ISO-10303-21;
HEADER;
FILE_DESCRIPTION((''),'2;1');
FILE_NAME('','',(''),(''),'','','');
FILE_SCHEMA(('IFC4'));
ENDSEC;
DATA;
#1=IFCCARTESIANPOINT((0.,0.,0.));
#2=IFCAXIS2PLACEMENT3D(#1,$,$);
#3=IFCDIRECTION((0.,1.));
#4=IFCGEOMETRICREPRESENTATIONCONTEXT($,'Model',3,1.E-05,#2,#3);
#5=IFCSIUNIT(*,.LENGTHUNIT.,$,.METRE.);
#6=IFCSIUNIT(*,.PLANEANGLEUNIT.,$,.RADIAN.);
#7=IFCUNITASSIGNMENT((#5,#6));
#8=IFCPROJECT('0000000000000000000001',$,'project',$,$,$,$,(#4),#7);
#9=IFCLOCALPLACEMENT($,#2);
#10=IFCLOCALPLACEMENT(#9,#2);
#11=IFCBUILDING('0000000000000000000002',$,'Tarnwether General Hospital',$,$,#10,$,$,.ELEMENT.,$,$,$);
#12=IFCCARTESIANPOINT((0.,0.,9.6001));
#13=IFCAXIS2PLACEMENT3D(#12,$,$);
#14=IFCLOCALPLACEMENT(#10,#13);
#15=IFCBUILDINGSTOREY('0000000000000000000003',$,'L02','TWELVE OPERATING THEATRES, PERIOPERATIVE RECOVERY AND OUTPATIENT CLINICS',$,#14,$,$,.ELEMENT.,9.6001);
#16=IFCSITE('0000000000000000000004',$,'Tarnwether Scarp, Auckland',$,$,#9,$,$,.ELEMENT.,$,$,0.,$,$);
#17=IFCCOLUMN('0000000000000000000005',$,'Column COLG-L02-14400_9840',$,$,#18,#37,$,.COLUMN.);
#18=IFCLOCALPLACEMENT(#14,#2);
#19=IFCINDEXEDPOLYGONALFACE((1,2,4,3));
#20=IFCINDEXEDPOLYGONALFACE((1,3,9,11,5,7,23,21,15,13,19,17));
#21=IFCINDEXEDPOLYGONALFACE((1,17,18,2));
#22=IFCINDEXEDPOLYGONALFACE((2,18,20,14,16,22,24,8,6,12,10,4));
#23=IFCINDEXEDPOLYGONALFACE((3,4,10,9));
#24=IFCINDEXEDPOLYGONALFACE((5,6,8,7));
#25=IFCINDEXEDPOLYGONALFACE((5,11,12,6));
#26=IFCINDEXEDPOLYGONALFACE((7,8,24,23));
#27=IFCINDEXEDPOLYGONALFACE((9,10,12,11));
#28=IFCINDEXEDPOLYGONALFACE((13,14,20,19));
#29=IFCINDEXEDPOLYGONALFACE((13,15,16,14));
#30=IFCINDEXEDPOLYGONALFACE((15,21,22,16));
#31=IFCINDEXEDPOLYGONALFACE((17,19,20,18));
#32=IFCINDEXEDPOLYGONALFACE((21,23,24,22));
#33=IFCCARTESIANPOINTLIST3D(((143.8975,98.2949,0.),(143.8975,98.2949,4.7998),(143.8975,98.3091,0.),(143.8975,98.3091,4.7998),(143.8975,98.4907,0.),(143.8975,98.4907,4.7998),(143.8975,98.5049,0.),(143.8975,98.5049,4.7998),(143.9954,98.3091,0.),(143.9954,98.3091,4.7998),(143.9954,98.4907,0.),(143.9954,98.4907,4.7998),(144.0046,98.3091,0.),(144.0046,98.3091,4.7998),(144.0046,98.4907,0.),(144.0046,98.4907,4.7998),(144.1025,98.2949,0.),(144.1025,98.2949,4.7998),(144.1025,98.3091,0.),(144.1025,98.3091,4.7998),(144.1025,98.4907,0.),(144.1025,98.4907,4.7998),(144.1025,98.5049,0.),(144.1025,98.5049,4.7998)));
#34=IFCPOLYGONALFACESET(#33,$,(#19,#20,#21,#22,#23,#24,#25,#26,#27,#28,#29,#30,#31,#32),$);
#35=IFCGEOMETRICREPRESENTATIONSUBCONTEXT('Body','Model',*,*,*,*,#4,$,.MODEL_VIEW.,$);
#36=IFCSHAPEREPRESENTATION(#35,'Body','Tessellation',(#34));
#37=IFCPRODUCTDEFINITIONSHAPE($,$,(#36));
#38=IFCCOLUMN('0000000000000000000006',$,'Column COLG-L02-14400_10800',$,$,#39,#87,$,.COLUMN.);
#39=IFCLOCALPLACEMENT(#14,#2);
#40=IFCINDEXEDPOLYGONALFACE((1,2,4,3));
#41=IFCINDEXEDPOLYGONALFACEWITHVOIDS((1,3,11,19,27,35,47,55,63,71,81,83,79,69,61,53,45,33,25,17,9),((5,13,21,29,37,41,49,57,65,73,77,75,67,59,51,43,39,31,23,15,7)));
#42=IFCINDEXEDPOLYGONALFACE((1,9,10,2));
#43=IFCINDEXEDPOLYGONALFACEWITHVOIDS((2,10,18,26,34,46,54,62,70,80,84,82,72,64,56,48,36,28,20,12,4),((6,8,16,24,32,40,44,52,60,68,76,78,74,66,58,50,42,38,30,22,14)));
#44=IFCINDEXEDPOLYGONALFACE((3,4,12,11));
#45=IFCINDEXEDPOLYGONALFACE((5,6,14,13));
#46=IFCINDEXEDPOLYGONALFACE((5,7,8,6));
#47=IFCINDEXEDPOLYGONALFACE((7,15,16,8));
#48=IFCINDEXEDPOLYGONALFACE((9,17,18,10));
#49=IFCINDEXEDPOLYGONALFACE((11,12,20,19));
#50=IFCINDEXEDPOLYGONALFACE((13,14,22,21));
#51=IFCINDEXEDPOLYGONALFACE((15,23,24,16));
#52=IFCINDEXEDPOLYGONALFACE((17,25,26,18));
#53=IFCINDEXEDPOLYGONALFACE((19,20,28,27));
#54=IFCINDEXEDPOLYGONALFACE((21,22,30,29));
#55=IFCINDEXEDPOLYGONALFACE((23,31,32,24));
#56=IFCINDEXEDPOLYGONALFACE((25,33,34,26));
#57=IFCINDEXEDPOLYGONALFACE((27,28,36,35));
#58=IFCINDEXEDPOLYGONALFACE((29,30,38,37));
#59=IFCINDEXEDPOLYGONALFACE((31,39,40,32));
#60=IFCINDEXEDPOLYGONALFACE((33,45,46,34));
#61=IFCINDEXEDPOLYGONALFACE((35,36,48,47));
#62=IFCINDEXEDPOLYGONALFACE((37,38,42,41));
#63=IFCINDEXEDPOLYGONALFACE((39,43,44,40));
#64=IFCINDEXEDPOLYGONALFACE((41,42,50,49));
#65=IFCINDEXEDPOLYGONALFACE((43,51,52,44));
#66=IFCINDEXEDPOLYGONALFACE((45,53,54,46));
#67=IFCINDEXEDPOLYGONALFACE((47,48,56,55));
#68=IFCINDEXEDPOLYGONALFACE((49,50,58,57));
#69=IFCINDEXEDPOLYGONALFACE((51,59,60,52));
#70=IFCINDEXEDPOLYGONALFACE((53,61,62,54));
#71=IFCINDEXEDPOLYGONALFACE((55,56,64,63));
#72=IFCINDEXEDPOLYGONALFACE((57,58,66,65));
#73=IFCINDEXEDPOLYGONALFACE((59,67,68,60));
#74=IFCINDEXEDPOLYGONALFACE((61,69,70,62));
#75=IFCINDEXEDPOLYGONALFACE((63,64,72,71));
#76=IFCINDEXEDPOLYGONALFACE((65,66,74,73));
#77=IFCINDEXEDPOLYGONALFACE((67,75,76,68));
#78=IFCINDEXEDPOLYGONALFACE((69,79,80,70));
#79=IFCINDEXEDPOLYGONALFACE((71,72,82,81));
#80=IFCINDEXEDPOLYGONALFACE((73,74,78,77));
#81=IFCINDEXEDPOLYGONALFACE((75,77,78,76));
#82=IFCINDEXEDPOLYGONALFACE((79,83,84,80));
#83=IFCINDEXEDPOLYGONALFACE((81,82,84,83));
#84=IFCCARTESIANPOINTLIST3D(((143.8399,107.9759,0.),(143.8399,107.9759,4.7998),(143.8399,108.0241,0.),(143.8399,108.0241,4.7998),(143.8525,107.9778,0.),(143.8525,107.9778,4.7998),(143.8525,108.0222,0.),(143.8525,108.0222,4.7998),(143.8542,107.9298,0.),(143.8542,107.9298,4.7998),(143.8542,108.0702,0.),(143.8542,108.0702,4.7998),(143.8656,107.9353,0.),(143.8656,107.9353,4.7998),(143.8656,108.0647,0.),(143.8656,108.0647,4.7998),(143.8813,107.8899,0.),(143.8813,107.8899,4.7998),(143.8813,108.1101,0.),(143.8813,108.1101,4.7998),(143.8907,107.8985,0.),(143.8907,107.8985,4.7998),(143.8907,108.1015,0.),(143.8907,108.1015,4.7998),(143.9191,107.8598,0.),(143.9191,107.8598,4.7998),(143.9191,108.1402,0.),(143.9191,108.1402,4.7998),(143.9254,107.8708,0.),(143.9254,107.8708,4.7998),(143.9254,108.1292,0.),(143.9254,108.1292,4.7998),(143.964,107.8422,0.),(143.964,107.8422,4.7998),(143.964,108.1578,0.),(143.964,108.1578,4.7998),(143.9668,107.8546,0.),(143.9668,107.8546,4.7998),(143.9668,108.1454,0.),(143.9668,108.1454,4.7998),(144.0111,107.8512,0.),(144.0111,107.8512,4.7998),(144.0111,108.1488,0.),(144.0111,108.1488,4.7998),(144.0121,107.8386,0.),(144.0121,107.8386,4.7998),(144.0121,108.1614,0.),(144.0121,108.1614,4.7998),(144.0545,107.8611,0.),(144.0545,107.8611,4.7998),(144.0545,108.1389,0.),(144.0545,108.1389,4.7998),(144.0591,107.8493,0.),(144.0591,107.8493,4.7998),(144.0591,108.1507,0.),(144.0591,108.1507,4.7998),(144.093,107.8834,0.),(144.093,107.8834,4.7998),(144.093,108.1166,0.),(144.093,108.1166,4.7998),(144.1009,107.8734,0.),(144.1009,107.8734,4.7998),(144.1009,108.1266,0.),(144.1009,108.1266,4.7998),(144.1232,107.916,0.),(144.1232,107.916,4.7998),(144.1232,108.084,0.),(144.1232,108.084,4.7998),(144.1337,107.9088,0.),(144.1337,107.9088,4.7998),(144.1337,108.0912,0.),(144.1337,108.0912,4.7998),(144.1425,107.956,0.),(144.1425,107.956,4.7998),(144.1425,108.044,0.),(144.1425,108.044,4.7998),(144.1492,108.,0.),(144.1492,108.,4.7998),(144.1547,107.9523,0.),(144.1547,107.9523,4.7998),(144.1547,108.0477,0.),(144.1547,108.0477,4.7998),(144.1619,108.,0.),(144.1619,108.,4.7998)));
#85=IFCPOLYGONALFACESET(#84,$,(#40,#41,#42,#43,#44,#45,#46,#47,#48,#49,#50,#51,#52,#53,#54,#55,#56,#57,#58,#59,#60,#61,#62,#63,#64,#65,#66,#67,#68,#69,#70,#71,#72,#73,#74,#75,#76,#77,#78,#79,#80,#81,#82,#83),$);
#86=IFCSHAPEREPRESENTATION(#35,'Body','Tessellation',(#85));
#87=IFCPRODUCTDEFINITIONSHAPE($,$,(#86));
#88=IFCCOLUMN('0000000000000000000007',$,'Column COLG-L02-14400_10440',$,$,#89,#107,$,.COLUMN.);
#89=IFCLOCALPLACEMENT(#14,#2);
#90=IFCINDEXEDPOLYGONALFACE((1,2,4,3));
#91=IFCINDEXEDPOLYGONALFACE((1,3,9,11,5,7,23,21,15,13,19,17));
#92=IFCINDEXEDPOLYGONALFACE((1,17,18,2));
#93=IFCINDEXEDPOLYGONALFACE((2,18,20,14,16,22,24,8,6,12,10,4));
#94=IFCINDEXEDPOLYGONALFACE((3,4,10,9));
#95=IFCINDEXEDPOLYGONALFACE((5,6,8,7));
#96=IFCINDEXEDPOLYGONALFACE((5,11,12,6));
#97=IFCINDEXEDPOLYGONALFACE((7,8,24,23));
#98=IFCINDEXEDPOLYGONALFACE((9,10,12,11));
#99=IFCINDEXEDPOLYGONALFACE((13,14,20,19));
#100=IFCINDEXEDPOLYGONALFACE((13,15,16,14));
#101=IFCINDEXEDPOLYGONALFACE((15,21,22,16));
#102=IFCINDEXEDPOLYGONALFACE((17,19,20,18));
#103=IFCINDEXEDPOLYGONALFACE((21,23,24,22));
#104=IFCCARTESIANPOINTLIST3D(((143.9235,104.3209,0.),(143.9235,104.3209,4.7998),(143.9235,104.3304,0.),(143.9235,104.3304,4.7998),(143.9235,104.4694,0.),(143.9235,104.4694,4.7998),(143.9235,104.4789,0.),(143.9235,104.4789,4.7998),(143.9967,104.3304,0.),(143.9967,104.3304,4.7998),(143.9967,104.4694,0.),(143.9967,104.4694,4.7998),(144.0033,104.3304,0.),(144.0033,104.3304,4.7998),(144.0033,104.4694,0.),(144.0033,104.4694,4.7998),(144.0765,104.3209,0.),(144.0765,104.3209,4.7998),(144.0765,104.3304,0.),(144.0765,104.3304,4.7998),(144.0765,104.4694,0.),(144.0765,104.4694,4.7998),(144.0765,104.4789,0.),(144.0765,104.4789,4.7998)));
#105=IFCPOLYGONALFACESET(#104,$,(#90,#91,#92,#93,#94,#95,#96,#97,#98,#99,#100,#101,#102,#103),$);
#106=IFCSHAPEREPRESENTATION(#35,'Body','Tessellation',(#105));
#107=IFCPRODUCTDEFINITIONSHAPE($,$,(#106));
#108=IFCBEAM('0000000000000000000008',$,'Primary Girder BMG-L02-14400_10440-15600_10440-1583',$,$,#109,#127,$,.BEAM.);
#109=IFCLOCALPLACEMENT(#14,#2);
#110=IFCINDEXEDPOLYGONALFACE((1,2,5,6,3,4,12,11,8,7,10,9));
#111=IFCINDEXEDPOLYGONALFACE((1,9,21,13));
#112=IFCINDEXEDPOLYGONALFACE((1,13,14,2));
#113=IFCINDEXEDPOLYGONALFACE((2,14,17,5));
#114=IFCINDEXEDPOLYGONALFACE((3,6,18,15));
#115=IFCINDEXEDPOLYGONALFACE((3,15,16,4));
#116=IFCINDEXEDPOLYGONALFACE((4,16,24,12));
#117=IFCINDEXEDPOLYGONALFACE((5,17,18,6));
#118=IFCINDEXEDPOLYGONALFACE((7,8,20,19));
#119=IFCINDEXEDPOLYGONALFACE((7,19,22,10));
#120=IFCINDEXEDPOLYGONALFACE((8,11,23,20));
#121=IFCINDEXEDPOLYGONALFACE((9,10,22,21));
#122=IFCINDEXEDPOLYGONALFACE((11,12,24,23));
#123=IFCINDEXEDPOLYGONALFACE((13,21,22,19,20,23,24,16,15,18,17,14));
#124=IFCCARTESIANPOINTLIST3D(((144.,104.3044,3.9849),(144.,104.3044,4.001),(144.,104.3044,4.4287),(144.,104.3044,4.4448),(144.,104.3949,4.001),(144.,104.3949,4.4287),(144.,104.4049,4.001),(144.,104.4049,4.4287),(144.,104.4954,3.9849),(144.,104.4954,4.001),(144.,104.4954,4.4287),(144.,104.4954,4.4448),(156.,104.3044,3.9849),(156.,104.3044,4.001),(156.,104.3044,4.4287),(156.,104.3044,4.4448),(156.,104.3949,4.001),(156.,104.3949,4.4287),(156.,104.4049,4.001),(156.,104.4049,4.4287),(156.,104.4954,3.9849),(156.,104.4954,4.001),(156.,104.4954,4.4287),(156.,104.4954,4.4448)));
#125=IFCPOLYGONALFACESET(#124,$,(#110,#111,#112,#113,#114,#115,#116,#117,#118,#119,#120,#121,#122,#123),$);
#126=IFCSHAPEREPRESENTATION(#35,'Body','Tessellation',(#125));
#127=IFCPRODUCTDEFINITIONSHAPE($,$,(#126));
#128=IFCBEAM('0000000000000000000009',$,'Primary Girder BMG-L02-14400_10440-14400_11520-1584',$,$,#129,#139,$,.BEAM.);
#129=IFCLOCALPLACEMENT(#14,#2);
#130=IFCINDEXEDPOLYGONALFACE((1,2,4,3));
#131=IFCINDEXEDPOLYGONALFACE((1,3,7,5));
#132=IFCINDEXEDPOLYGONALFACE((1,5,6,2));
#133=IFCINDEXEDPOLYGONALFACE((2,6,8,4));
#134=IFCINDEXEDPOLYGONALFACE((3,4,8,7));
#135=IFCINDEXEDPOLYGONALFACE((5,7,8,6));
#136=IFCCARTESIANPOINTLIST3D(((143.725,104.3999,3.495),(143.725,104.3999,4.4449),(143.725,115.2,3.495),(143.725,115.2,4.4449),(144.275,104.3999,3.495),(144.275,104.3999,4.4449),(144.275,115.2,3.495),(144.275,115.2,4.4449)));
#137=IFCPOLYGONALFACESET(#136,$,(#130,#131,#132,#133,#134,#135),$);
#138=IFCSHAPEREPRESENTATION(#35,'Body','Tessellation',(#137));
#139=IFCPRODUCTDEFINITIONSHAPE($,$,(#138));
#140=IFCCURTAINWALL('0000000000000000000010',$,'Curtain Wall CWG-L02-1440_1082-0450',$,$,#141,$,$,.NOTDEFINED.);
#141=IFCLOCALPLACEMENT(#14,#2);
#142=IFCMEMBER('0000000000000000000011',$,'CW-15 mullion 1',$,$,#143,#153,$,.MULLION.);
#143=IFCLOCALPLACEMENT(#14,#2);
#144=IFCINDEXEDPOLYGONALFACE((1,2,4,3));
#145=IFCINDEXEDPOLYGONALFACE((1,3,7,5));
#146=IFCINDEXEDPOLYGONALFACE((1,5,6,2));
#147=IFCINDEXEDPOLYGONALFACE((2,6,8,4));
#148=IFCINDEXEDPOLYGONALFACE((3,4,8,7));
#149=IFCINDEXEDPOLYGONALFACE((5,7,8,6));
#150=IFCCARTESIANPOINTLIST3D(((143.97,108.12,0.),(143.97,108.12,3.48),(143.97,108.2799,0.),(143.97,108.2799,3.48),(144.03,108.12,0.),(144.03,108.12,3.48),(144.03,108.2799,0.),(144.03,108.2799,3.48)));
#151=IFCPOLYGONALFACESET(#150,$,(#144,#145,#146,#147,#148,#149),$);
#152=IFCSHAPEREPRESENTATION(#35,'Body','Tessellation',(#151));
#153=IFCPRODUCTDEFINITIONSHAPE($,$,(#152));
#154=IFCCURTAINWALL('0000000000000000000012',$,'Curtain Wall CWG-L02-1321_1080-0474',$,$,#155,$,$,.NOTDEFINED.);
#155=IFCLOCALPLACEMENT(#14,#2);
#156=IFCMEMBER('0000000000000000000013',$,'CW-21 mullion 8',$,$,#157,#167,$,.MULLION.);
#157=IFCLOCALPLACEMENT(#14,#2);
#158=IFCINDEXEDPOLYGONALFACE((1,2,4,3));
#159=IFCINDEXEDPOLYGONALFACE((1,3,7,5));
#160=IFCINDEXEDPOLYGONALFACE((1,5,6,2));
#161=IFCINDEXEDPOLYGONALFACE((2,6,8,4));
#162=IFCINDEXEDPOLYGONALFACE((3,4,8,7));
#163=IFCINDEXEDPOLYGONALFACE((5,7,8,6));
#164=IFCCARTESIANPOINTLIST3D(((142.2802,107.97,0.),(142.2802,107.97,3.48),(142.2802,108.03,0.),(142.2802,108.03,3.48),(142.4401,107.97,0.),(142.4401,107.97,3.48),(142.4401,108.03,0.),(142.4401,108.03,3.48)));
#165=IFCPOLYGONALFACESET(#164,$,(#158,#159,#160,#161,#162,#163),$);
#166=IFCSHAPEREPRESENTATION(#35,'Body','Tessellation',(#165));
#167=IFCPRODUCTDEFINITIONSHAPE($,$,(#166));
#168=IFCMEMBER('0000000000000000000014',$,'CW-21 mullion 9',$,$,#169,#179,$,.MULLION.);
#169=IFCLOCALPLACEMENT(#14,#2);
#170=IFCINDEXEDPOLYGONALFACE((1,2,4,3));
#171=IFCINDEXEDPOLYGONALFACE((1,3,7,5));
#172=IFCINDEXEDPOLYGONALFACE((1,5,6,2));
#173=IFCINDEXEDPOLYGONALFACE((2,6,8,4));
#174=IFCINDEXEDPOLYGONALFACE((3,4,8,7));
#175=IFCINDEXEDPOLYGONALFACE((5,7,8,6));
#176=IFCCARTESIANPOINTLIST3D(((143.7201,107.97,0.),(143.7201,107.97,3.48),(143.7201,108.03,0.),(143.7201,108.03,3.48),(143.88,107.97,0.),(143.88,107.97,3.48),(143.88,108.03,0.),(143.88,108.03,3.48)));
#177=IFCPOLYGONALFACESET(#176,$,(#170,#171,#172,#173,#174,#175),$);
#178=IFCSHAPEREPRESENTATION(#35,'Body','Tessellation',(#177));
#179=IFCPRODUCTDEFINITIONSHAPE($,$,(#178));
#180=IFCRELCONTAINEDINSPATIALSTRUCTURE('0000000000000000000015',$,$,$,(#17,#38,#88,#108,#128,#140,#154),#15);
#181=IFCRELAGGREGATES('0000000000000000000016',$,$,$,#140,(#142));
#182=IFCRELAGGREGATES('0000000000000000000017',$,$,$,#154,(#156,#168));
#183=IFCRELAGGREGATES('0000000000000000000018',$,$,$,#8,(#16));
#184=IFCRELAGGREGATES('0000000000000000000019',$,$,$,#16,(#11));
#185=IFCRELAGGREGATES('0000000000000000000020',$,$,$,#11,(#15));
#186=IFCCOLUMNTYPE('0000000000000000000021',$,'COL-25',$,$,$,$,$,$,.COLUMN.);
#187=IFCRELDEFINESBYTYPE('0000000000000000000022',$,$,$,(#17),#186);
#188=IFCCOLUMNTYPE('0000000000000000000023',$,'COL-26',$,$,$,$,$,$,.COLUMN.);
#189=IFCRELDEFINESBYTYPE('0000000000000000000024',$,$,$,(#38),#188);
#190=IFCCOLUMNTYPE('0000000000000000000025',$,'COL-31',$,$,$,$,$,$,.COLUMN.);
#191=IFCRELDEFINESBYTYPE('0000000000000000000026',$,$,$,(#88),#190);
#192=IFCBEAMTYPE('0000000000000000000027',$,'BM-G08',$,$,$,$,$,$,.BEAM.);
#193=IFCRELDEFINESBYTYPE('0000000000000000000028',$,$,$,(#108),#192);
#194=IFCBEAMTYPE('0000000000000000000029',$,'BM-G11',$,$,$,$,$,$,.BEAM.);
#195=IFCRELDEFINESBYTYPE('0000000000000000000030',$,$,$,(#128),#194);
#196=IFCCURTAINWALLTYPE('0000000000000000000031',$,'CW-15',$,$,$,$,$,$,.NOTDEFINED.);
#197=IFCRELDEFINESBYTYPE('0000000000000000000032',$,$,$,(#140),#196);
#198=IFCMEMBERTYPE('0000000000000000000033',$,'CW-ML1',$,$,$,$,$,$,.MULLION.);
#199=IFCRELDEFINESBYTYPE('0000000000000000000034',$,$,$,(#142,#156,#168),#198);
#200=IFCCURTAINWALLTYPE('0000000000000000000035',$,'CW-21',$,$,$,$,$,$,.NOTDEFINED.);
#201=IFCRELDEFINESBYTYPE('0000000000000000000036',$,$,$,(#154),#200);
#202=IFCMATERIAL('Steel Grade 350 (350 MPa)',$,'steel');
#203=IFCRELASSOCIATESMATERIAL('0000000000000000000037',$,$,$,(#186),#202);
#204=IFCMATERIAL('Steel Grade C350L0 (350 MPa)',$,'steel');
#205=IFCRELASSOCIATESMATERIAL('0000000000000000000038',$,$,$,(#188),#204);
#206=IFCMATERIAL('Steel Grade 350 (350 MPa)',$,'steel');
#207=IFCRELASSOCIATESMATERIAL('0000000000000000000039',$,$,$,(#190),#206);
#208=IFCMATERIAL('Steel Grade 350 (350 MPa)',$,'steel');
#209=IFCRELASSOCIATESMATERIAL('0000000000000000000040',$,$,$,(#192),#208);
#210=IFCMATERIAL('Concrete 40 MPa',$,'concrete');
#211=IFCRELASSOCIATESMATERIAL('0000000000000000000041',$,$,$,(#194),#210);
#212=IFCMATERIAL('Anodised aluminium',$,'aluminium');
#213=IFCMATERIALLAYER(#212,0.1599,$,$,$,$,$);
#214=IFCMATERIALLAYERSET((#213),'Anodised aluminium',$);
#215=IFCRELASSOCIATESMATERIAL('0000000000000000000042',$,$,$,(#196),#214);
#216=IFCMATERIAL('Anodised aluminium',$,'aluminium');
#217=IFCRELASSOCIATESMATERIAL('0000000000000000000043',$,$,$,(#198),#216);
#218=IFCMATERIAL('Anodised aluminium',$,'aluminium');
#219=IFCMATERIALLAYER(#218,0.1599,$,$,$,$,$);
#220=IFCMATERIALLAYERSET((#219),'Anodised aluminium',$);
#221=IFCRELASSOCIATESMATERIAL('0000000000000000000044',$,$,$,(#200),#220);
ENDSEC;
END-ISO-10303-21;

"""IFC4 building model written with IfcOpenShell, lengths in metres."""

from ifc_helpers import new_model, si_unit, direction, frame, origin, origin_2d, place, context, subcontext, project, spatial, rectangle, hollow_circle, i_section, extrude, material, layer, layer_set, material_profile, profile_set, type_object, element, aggregate, save


model = new_model("IFC4")

# Units and contexts
model_context = context("Model", 3, precision=1e-05, world=origin(), true_north=direction((0.0, 1.0)))
body_context = subcontext(model_context, "Body", "Model", "MODEL_VIEW")
ifc_project = project(units=[si_unit("LENGTHUNIT", "METRE"), si_unit("PLANEANGLEUNIT", "RADIAN")], contexts=[model_context])

# Site, building, storey
site_placement = place(None, origin())
site = spatial("IfcSite", under=ifc_project, at=site_placement, Name="Tarnwether Scarp, Auckland", CompositionType="ELEMENT", RefElevation=0.0)
building_placement = place(site_placement, origin())
building = spatial("IfcBuilding", under=site, at=building_placement, Name="Tarnwether General Hospital", CompositionType="ELEMENT")
storey_placement = place(building_placement, frame((0.0, 0.0, 9.6001)))
storey = spatial("IfcBuildingStorey", under=building, at=storey_placement, Name="L02", Description="TWELVE OPERATING THEATRES, PERIOPERATIVE RECOVERY AND OUTPATIENT CLINICS", CompositionType="ELEMENT", Elevation=9.6001)

# Columns
ifc_material_1 = material(Name="Steel Grade 350 (350 MPa)", Category="steel")
ifc_material_profile_1 = material_profile(ifc_material_1, i_section(OverallWidth=0.2051, OverallDepth=0.21, WebThickness=0.0093, FlangeThickness=0.0142, at=origin_2d()), Name="200UC59.5")
ifc_profile_set_1 = profile_set([ifc_material_profile_1], Name="Steel Grade 350 (350 MPa)")
column_type_1 = type_object("IfcColumnType", Name="COL-25", PredefinedType="COLUMN", material=ifc_profile_set_1)
column_1_placement = place(storey_placement, frame((144.0, 98.3999, 0.0), z_axis=(0.0, 0.0, 1.0), x_axis=(1.0, 0.0, 0.0)))
element("IfcColumn", 1, at=column_1_placement, inside=storey, type_object=column_type_1, Name="Column COLG-L02-14400_9840", PredefinedType="COLUMN", context=body_context, shape_type="SweptSolid", body=[
    extrude(i_section(OverallWidth=0.2051, OverallDepth=0.21, WebThickness=0.0093, FlangeThickness=0.0142, at=origin_2d()), origin(), (0.0, 0.0, 1.0), 4.7998),
])
ifc_material_2 = material(Name="Steel Grade C350L0 (350 MPa)", Category="steel")
ifc_material_profile_2 = material_profile(ifc_material_2, hollow_circle(Radius=0.1619, WallThickness=0.0127, at=origin_2d()), Name="CHS323.9x12.7")
ifc_profile_set_2 = profile_set([ifc_material_profile_2], Name="Steel Grade C350L0 (350 MPa)")
column_type_2 = type_object("IfcColumnType", Name="COL-26", PredefinedType="COLUMN", material=ifc_profile_set_2)
column_2_placement = place(storey_placement, frame((144.0, 108.0, 0.0), z_axis=(0.0, 0.0, 1.0), x_axis=(1.0, 0.0, 0.0)))
element("IfcColumn", 2, at=column_2_placement, inside=storey, type_object=column_type_2, Name="Column COLG-L02-14400_10800", PredefinedType="COLUMN", context=body_context, shape_type="SweptSolid", body=[
    extrude(hollow_circle(Radius=0.1619, WallThickness=0.0127, at=origin_2d()), origin(), (0.0, 0.0, 1.0), 4.7998),
])
ifc_material_3 = material(Name="Steel Grade 350 (350 MPa)", Category="steel")
ifc_material_profile_3 = material_profile(ifc_material_3, i_section(OverallWidth=0.1531, OverallDepth=0.158, WebThickness=0.0066, FlangeThickness=0.0095, at=origin_2d()), Name="150UC30.0")
ifc_profile_set_3 = profile_set([ifc_material_profile_3], Name="Steel Grade 350 (350 MPa)")
column_type_3 = type_object("IfcColumnType", Name="COL-31", PredefinedType="COLUMN", material=ifc_profile_set_3)
column_3_placement = place(storey_placement, frame((144.0, 104.3999, 0.0), z_axis=(0.0, 0.0, 1.0), x_axis=(1.0, 0.0, 0.0)))
element("IfcColumn", 3, at=column_3_placement, inside=storey, type_object=column_type_3, Name="Column COLG-L02-14400_10440", PredefinedType="COLUMN", context=body_context, shape_type="SweptSolid", body=[
    extrude(i_section(OverallWidth=0.1531, OverallDepth=0.158, WebThickness=0.0066, FlangeThickness=0.0095, at=origin_2d()), origin(), (0.0, 0.0, 1.0), 4.7998),
])

# Beams
ifc_material_4 = material(Name="Steel Grade 350 (350 MPa)", Category="steel")
ifc_material_profile_4 = material_profile(ifc_material_4, i_section(OverallWidth=0.1909, OverallDepth=0.46, WebThickness=0.01, FlangeThickness=0.0161, at=origin_2d()), Name="460UB82.1")
ifc_profile_set_4 = profile_set([ifc_material_profile_4], Name="Steel Grade 350 (350 MPa)")
beam_type_1 = type_object("IfcBeamType", Name="BM-G08", PredefinedType="BEAM", material=ifc_profile_set_4)
beam_1_placement = place(storey_placement, frame((144.0, 104.3999, 4.2148), z_axis=(1.0, 0.0, 0.0), x_axis=(0.0, 1.0, 0.0)))
element("IfcBeam", 4, at=beam_1_placement, inside=storey, type_object=beam_type_1, Name="Primary Girder BMG-L02-14400_10440-15600_10440-1583", PredefinedType="BEAM", context=body_context, shape_type="SweptSolid", body=[
    extrude(i_section(OverallWidth=0.1909, OverallDepth=0.46, WebThickness=0.01, FlangeThickness=0.0161, at=origin_2d()), origin(), (0.0, 0.0, 1.0), 12.0),
])
ifc_material_5 = material(Name="Concrete 40 MPa", Category="concrete")
ifc_material_profile_5 = material_profile(ifc_material_5, rectangle(XDim=0.55, YDim=0.95, at=origin_2d()), Name="RC-BM-550x950")
ifc_profile_set_5 = profile_set([ifc_material_profile_5], Name="Concrete 40 MPa")
beam_type_2 = type_object("IfcBeamType", Name="BM-G11", PredefinedType="BEAM", material=ifc_profile_set_5)
beam_2_placement = place(storey_placement, frame((144.0, 104.3999, 3.97), z_axis=(0.0, 1.0, 0.0), x_axis=(-1.0, 0.0, 0.0)))
element("IfcBeam", 5, at=beam_2_placement, inside=storey, type_object=beam_type_2, Name="Primary Girder BMG-L02-14400_10440-14400_11520-1584", PredefinedType="BEAM", context=body_context, shape_type="SweptSolid", body=[
    extrude(rectangle(XDim=0.55, YDim=0.95, at=origin_2d()), origin(), (0.0, 0.0, 1.0), 10.8),
])

# Curtain wall, member
ifc_material_6 = material(Name="Anodised aluminium", Category="aluminium")
ifc_layer_1 = layer(ifc_material_6, 0.1599)
ifc_layer_set_1 = layer_set([ifc_layer_1], Name="Anodised aluminium")
curtain_wall_type_1 = type_object("IfcCurtainWallType", Name="CW-15", PredefinedType="NOTDEFINED", material=ifc_layer_set_1)
curtain_wall_1_placement = place(storey_placement, origin())
curtain_wall_1 = element("IfcCurtainWall", 6, at=curtain_wall_1_placement, inside=storey, type_object=curtain_wall_type_1, Name="Curtain Wall CWG-L02-1440_1082-0450", PredefinedType="NOTDEFINED")
ifc_material_7 = material(Name="Anodised aluminium", Category="aluminium")
ifc_material_profile_6 = material_profile(ifc_material_7, rectangle(XDim=0.0601, YDim=0.1599, at=origin_2d()), Name="ALU-MUL-60x160")
ifc_profile_set_6 = profile_set([ifc_material_profile_6], Name="Anodised aluminium")
member_type_1 = type_object("IfcMemberType", Name="CW-ML1", PredefinedType="MULLION", material=ifc_profile_set_6)
member_1_placement = place(storey_placement, frame((144.0, 108.2, 0.0), z_axis=(0.0, 0.0, 1.0), x_axis=(-1.0, 0.0, 0.0)))
member_1 = element("IfcMember", 7, at=member_1_placement, type_object=member_type_1, Name="CW-15 mullion 1", PredefinedType="MULLION", context=body_context, shape_type="SweptSolid", body=[
    extrude(rectangle(XDim=0.0601, YDim=0.1599, at=origin_2d()), origin(), (0.0, 0.0, 1.0), 3.48),
])

# Curtain wall, members
ifc_material_8 = material(Name="Anodised aluminium", Category="aluminium")
ifc_layer_2 = layer(ifc_material_8, 0.1599)
ifc_layer_set_2 = layer_set([ifc_layer_2], Name="Anodised aluminium")
curtain_wall_type_2 = type_object("IfcCurtainWallType", Name="CW-21", PredefinedType="NOTDEFINED", material=ifc_layer_set_2)
curtain_wall_2_placement = place(storey_placement, origin())
curtain_wall_2 = element("IfcCurtainWall", 8, at=curtain_wall_2_placement, inside=storey, type_object=curtain_wall_type_2, Name="Curtain Wall CWG-L02-1321_1080-0474", PredefinedType="NOTDEFINED")
member_2_placement = place(storey_placement, frame((142.3601, 108.0, 0.0), z_axis=(0.0, 0.0, 1.0), x_axis=(0.0, 1.0, 0.0)))
member_2 = element("IfcMember", 9, at=member_2_placement, type_object=member_type_1, Name="CW-21 mullion 8", PredefinedType="MULLION", context=body_context, shape_type="SweptSolid", body=[
    extrude(rectangle(XDim=0.0601, YDim=0.1599, at=origin_2d()), origin(), (0.0, 0.0, 1.0), 3.48),
])
member_3_placement = place(storey_placement, frame((143.8, 108.0, 0.0), z_axis=(0.0, 0.0, 1.0), x_axis=(0.0, 1.0, 0.0)))
member_3 = element("IfcMember", 10, at=member_3_placement, type_object=member_type_1, Name="CW-21 mullion 9", PredefinedType="MULLION", context=body_context, shape_type="SweptSolid", body=[
    extrude(rectangle(XDim=0.0601, YDim=0.1599, at=origin_2d()), origin(), (0.0, 0.0, 1.0), 3.48),
])

aggregate(curtain_wall_1, [member_1])

aggregate(curtain_wall_2, [member_2, member_3])

save(model, "model.ifc")
